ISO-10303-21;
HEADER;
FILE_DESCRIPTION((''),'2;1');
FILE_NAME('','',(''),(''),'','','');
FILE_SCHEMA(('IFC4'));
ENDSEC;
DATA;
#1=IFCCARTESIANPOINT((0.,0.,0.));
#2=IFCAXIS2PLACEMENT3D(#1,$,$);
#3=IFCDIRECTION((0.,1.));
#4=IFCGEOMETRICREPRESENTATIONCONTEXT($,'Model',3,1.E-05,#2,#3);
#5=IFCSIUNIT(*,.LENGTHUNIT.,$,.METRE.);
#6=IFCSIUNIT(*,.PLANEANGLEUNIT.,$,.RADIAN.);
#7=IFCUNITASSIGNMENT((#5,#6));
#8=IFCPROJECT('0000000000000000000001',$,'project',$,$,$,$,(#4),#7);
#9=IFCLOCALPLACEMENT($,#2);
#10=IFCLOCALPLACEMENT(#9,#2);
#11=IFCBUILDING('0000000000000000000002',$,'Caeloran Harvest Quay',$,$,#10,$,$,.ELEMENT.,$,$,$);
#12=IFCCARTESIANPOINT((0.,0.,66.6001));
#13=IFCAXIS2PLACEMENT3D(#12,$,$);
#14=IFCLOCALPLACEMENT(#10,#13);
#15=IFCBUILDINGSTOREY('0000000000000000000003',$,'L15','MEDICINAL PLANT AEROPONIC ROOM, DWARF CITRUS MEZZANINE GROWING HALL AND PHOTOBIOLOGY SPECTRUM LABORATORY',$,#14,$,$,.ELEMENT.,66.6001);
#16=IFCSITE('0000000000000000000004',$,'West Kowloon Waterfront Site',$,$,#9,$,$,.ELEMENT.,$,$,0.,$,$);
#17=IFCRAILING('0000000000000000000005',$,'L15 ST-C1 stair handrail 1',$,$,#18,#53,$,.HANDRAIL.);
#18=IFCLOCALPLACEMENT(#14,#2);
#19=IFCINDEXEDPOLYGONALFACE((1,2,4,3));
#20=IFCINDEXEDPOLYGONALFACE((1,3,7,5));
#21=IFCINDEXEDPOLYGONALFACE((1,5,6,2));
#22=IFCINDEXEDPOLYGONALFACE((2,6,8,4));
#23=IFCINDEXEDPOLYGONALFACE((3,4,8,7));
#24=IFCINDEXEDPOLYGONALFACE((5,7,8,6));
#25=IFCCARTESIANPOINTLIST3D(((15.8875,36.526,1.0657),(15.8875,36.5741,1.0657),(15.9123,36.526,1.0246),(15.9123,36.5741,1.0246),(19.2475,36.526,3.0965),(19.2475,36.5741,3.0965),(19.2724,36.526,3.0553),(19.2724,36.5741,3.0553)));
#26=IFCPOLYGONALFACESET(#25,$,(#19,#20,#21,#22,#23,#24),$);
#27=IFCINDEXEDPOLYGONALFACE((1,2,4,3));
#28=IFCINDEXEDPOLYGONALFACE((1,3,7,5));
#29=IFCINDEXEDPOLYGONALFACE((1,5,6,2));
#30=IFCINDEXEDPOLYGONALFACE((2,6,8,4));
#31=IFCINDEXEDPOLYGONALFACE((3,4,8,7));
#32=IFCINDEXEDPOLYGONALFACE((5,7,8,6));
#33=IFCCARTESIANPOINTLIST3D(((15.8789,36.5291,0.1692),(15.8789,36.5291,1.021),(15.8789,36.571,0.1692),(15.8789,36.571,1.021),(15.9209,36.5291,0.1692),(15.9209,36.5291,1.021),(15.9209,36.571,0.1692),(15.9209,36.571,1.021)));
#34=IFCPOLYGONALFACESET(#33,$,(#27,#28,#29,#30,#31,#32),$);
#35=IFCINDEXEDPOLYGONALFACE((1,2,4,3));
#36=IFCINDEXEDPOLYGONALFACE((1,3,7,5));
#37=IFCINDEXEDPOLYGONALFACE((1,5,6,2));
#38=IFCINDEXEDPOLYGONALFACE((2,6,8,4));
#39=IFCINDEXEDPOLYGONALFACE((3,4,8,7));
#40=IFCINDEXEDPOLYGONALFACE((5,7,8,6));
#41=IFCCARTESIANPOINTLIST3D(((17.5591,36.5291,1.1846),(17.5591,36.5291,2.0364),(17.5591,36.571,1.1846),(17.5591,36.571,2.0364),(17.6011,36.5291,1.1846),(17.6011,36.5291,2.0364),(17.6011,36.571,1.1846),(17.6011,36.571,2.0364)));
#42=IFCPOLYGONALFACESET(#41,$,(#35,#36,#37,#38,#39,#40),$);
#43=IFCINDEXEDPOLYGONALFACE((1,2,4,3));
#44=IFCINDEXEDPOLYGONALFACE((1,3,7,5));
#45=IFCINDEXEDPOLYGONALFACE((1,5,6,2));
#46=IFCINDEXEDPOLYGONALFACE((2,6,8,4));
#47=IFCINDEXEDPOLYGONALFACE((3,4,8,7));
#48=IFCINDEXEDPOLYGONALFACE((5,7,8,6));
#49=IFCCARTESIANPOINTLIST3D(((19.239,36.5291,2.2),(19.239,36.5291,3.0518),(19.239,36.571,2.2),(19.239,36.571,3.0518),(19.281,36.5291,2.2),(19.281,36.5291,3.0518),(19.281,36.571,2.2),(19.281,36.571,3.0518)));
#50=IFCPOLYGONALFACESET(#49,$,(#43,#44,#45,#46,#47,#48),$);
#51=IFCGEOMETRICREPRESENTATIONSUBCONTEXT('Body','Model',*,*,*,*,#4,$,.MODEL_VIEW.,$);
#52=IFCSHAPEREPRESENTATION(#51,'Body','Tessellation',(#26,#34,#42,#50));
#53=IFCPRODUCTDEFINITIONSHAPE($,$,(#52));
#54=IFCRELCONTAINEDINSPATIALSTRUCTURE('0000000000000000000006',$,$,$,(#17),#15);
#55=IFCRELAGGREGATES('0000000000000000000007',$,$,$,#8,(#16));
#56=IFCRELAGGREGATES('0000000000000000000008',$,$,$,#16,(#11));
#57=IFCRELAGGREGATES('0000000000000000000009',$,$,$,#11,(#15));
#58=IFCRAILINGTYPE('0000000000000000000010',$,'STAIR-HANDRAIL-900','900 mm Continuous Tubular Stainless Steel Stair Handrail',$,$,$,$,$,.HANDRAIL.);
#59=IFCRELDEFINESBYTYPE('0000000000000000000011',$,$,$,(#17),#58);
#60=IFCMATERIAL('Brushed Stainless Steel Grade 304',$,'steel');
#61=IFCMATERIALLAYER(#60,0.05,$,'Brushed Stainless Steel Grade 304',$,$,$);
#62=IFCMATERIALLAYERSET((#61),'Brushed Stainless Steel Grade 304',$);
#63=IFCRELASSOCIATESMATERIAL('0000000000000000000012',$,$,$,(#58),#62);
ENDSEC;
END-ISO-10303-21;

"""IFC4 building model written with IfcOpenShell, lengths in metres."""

from ifc_helpers import new_model, si_unit, direction, frame, origin, origin_2d, place, context, subcontext, project, spatial, rectangle, extrude, material, layer, layer_set, type_object, element, save


model = new_model("IFC4")

# Units and contexts
model_context = context("Model", 3, precision=1e-05, world=origin(), true_north=direction((0.0, 1.0)))
body_context = subcontext(model_context, "Body", "Model", "MODEL_VIEW")
ifc_project = project(units=[si_unit("LENGTHUNIT", "METRE"), si_unit("PLANEANGLEUNIT", "RADIAN")], contexts=[model_context])

# Site, building, storey
site_placement = place(None, origin())
site = spatial("IfcSite", under=ifc_project, at=site_placement, Name="West Kowloon Waterfront Site", CompositionType="ELEMENT", RefElevation=0.0)
building_placement = place(site_placement, origin())
building = spatial("IfcBuilding", under=site, at=building_placement, Name="Caeloran Harvest Quay", CompositionType="ELEMENT")
storey_placement = place(building_placement, frame((0.0, 0.0, 66.6001)))
storey = spatial("IfcBuildingStorey", under=building, at=storey_placement, Name="L15", Description="MEDICINAL PLANT AEROPONIC ROOM, DWARF CITRUS MEZZANINE GROWING HALL AND PHOTOBIOLOGY SPECTRUM LABORATORY", CompositionType="ELEMENT", Elevation=66.6001)

# Railing
ifc_material_1 = material(Name="Brushed Stainless Steel Grade 304", Category="steel")
ifc_layer_1 = layer(ifc_material_1, 0.05, Name="Brushed Stainless Steel Grade 304")
ifc_layer_set_1 = layer_set([ifc_layer_1], Name="Brushed Stainless Steel Grade 304")
railing_type_1 = type_object("IfcRailingType", Name="STAIR-HANDRAIL-900", Description="900 mm Continuous Tubular Stainless Steel Stair Handrail", PredefinedType="HANDRAIL", material=ifc_layer_set_1)
railing_1_placement = place(storey_placement, frame((15.8999, 36.55, 0.1692)))
element("IfcRailing", 1, at=railing_1_placement, inside=storey, type_object=railing_type_1, Name="L15 ST-C1 stair handrail 1", PredefinedType="HANDRAIL", context=body_context, shape_type="SweptSolid", body=[
    extrude(rectangle(XDim=0.0481, YDim=0.0481, at=origin_2d()), frame((0.0, 0.0, 0.876), z_axis=(0.855837, 0.0, 0.517246), x_axis=(0.0, 1.0, 0.0)), (0.0, 0.0, 1.0), 3.926),
    extrude(rectangle(XDim=0.042, YDim=0.042, at=origin_2d()), origin(), (0.0, 0.0, 1.0), 0.8518),
    extrude(rectangle(XDim=0.042, YDim=0.042, at=origin_2d()), frame((1.6802, 0.0, 1.0154)), (0.0, 0.0, 1.0), 0.8518),
    extrude(rectangle(XDim=0.042, YDim=0.042, at=origin_2d()), frame((3.3601, 0.0, 2.0308)), (0.0, 0.0, 1.0), 0.8518),
])

save(model, "model.ifc")
